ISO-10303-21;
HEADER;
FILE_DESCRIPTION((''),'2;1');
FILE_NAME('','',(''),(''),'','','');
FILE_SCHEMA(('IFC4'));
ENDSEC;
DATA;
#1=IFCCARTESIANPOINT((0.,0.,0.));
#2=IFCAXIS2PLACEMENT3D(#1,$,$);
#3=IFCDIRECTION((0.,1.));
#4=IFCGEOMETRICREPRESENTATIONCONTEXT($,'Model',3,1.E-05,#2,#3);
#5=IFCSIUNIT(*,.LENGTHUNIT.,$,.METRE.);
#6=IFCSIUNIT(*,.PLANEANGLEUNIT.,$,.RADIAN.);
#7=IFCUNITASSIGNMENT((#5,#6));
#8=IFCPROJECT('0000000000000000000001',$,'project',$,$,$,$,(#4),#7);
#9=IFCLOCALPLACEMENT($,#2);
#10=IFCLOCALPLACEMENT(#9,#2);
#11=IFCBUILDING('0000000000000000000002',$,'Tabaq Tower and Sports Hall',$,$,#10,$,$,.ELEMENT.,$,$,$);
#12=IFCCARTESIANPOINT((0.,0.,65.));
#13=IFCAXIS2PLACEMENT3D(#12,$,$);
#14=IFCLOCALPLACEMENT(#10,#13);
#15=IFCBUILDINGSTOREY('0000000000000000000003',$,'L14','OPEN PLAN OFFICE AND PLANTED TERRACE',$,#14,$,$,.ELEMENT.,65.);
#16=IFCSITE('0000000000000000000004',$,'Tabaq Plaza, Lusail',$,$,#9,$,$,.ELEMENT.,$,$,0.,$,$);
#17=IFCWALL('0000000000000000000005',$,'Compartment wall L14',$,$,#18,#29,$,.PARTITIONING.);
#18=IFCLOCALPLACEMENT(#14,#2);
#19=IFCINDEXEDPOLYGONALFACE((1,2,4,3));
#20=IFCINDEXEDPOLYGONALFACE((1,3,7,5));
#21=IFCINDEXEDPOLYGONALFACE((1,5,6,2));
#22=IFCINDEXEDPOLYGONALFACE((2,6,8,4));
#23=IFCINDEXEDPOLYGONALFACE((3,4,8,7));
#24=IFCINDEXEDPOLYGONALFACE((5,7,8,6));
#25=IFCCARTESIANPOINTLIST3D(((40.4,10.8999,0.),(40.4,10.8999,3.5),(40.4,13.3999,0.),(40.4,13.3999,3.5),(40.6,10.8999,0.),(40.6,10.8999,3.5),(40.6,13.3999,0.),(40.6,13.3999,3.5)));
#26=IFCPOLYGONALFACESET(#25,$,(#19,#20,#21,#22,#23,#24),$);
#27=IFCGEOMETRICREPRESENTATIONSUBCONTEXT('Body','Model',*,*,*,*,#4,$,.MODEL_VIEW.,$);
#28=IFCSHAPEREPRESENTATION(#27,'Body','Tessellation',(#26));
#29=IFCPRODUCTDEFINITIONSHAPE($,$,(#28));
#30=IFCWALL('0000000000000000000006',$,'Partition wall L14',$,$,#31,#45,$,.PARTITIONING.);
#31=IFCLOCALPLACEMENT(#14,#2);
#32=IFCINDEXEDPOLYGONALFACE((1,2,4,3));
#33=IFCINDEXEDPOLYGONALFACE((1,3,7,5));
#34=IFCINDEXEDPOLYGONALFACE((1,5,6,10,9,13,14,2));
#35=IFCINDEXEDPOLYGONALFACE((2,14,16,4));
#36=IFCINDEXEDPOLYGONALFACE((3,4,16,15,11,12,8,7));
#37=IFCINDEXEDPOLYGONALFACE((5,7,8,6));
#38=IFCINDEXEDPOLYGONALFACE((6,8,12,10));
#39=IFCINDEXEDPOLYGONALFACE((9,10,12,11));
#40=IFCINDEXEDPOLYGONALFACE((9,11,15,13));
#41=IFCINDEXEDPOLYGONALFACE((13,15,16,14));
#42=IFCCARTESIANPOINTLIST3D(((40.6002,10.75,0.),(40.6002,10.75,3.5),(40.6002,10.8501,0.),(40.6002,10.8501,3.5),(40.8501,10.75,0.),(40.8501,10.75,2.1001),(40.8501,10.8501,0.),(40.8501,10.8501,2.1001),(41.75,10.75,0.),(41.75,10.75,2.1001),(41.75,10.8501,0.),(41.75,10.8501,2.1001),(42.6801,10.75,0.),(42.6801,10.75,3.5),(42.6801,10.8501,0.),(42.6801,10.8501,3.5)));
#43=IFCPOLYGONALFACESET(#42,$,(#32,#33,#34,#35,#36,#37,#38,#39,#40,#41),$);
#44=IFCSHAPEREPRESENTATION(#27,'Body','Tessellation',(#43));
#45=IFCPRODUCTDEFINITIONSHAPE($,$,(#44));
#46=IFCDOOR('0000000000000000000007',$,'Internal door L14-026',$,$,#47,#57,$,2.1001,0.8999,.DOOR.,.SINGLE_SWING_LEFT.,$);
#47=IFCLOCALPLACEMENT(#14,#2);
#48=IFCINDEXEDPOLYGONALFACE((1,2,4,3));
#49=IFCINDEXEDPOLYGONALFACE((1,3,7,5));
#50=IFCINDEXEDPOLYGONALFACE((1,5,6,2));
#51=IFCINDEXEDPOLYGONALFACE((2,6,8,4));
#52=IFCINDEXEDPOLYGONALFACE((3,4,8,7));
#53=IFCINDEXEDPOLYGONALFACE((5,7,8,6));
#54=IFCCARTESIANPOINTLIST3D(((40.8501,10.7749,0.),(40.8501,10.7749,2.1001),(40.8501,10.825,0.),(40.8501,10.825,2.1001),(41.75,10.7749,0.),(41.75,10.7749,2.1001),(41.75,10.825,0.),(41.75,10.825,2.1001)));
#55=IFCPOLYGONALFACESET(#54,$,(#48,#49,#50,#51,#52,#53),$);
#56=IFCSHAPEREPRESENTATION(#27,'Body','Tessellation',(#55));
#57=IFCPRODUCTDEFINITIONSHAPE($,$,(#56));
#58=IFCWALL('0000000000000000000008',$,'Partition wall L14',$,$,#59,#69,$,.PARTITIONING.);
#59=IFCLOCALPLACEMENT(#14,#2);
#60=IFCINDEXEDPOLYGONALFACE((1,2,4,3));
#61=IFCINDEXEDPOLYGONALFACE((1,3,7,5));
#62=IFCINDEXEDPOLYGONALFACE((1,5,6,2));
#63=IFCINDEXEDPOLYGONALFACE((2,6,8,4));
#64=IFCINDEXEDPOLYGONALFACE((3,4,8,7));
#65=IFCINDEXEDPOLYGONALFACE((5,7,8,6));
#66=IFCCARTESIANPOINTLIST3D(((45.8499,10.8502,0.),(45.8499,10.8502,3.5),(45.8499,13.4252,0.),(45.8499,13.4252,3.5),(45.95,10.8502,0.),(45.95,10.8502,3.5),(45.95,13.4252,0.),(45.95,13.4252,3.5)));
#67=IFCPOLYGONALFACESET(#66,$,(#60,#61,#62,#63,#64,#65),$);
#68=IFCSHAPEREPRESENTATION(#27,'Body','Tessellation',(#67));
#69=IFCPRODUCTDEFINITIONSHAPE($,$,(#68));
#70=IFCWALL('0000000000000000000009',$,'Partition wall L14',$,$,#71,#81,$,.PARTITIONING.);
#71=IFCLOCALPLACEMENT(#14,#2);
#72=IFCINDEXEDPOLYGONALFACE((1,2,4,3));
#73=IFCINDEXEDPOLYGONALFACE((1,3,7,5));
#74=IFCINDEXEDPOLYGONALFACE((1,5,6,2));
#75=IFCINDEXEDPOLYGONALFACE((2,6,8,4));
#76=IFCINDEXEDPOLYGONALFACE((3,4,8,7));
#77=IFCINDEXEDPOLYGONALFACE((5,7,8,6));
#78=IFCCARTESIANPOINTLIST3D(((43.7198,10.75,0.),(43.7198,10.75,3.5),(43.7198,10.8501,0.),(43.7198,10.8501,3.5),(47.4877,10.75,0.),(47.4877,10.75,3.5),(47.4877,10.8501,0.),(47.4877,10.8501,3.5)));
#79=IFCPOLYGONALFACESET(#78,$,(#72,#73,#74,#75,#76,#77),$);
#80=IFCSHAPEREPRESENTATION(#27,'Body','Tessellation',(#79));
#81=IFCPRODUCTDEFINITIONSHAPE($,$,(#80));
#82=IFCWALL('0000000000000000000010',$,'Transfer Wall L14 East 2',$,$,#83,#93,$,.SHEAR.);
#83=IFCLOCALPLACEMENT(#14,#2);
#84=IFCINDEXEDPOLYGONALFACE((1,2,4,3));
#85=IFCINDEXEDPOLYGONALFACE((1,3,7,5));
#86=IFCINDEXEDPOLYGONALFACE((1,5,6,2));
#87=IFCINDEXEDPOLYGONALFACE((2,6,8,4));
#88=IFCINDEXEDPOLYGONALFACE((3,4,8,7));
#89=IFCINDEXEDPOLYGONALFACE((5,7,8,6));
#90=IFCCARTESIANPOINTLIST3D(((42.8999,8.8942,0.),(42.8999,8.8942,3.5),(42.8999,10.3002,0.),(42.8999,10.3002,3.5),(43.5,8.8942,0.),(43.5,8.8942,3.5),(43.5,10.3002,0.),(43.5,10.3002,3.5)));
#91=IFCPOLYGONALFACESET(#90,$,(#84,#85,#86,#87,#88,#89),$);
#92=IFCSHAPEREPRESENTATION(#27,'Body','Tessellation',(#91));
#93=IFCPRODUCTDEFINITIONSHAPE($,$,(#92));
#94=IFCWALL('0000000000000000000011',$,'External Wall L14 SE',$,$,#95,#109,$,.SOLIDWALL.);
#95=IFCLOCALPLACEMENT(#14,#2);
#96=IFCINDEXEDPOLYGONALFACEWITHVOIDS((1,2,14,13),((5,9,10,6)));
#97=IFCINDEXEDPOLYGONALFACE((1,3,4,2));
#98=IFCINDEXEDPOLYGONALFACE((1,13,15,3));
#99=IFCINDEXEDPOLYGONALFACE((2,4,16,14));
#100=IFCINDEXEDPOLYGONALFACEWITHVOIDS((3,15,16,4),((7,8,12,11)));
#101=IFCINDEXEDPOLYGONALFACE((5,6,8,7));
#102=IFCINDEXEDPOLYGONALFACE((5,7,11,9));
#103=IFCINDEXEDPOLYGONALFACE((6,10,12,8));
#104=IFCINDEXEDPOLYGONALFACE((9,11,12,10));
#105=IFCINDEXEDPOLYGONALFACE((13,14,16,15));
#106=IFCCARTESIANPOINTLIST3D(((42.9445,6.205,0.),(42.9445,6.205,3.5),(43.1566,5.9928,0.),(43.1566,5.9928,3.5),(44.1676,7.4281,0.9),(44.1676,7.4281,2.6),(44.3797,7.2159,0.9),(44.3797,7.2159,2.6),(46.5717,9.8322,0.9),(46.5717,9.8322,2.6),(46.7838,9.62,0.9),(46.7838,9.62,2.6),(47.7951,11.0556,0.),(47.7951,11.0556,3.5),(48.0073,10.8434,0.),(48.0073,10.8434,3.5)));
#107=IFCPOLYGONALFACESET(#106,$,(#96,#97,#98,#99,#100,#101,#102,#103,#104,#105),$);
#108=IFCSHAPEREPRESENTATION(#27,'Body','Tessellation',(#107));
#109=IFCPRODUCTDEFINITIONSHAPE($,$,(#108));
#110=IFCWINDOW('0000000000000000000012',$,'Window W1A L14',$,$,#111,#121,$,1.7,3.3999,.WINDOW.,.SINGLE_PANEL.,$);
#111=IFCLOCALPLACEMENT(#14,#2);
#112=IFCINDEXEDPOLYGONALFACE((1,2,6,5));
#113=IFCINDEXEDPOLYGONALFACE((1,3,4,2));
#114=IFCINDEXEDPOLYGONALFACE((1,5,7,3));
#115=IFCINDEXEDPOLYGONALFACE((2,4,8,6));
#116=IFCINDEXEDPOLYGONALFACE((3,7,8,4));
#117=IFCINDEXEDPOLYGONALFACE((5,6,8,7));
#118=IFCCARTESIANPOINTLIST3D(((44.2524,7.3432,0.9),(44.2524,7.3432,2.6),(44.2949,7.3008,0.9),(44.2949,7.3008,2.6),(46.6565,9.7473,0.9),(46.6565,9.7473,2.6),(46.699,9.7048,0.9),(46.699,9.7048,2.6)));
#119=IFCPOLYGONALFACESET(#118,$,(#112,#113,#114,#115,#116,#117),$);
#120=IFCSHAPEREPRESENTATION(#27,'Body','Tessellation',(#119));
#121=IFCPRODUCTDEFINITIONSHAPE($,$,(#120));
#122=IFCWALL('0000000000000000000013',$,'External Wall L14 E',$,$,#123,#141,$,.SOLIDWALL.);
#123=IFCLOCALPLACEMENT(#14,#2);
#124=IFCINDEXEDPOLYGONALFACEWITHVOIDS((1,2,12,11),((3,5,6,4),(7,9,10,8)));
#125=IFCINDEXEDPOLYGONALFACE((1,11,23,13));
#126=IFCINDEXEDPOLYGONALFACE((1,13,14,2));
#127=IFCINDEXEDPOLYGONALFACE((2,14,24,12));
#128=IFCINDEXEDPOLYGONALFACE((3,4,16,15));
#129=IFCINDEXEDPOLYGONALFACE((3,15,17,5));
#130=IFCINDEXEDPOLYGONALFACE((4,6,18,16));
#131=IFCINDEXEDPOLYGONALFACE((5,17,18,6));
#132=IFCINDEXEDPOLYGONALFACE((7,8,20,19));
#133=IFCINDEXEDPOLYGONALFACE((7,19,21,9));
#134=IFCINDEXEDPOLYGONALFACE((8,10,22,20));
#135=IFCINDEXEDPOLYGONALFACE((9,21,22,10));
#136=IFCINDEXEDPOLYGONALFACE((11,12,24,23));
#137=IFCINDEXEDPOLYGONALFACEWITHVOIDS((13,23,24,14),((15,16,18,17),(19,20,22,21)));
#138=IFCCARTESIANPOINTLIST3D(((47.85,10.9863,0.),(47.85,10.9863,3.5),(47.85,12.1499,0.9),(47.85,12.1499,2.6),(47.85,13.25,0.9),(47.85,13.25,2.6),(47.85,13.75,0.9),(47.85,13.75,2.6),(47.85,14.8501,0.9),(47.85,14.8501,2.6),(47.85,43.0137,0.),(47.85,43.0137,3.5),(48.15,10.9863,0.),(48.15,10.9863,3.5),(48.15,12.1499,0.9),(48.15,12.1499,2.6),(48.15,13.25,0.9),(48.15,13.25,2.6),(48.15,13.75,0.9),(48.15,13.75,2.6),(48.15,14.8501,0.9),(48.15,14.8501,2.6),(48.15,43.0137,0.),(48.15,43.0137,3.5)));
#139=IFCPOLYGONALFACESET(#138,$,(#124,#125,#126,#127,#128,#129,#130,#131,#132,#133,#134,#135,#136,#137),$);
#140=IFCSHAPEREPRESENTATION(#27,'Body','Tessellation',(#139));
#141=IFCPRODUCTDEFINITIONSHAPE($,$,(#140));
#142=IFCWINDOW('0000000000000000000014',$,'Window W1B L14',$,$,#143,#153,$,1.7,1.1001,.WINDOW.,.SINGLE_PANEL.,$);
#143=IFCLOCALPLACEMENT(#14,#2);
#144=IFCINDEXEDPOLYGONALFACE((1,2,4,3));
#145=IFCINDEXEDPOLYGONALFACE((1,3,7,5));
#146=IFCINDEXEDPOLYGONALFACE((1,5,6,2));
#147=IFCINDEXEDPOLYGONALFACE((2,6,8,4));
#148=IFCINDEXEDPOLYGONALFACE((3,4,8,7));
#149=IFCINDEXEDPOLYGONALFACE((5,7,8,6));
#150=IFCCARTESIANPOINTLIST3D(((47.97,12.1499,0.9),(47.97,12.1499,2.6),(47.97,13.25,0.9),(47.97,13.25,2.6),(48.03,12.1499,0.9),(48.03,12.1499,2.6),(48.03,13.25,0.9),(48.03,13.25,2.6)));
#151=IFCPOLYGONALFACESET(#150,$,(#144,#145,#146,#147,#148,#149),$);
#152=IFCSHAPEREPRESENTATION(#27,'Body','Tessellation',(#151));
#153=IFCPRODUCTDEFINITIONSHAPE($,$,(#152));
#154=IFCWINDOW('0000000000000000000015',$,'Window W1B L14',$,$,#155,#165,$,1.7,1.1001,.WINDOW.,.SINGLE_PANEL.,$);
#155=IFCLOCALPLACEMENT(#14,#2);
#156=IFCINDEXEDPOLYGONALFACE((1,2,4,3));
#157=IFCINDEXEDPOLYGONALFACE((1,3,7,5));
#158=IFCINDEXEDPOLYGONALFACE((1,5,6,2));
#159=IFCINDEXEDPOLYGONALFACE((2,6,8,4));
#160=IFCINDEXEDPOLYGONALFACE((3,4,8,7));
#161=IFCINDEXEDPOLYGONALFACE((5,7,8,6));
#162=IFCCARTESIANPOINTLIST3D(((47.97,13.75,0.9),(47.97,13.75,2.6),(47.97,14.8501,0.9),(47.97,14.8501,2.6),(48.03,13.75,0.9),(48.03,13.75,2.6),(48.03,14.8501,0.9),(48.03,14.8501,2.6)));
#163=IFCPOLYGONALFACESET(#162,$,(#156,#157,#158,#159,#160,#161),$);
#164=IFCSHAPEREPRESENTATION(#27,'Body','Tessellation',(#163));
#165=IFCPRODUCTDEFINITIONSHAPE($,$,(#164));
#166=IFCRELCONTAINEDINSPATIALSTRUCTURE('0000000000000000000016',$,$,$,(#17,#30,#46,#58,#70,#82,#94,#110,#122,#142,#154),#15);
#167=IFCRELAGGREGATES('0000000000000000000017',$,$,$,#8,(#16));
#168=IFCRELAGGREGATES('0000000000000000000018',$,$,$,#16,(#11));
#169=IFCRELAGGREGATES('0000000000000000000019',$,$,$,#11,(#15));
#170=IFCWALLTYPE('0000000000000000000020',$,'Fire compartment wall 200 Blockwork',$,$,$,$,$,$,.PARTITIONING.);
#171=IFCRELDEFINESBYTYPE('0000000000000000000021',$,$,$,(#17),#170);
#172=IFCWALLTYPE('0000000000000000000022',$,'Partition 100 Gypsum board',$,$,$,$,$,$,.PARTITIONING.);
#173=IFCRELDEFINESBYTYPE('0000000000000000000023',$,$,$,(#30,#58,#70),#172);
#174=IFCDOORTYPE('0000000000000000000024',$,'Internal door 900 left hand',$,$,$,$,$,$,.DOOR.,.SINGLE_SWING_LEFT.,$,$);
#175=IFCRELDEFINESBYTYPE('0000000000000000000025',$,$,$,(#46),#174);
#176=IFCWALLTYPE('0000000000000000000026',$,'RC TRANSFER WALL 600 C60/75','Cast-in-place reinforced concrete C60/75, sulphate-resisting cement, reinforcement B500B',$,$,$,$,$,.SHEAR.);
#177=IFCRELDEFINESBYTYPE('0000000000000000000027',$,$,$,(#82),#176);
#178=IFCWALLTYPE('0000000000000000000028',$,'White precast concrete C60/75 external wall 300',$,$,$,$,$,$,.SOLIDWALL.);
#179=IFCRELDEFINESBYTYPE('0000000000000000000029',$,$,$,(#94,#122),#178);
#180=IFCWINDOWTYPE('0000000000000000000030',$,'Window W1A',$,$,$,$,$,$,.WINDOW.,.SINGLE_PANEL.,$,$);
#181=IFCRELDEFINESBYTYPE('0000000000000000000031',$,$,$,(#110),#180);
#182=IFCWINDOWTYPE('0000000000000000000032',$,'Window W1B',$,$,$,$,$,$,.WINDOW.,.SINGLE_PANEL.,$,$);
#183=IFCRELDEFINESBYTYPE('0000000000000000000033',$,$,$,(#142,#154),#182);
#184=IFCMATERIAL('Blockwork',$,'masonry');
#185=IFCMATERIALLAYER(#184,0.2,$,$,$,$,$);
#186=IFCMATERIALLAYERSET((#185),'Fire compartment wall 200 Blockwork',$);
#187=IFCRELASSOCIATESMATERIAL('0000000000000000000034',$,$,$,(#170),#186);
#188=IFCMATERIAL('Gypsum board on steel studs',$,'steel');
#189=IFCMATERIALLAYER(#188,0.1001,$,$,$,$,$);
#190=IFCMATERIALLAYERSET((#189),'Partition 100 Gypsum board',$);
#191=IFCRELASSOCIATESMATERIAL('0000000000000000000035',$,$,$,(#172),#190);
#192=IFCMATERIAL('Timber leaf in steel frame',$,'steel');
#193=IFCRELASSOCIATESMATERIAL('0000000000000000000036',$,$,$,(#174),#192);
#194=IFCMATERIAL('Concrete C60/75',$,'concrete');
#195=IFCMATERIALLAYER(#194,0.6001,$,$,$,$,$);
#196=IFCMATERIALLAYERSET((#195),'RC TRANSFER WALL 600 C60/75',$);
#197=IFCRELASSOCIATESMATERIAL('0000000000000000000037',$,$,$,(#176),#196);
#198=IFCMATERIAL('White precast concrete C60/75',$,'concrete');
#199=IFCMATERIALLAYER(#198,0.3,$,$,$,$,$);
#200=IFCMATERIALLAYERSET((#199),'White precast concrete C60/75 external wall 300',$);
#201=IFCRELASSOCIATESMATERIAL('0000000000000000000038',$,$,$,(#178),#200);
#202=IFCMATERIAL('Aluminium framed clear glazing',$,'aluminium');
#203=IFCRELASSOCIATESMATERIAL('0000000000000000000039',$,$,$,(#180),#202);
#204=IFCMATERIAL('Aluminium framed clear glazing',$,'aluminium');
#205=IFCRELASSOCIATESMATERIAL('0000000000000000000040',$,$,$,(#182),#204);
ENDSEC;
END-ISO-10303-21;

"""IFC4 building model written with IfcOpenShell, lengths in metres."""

from ifc_helpers import new_model, si_unit, direction, frame, frame_2d, origin, place, context, subcontext, project, spatial, rectangle, extrude, material, layer, layer_set, type_object, element, fill, save


model = new_model("IFC4")

# Units and contexts
model_context = context("Model", 3, precision=1e-05, world=origin(), true_north=direction((0.0, 1.0)))
body_context = subcontext(model_context, "Body", "Model", "MODEL_VIEW")
ifc_project = project(units=[si_unit("LENGTHUNIT", "METRE"), si_unit("PLANEANGLEUNIT", "RADIAN")], contexts=[model_context])

# Site, building, storey
site_placement = place(None, origin())
site = spatial("IfcSite", under=ifc_project, at=site_placement, Name="Tabaq Plaza, Lusail", CompositionType="ELEMENT", RefElevation=0.0)
building_placement = place(site_placement, origin())
building = spatial("IfcBuilding", under=site, at=building_placement, Name="Tabaq Tower and Sports Hall", CompositionType="ELEMENT")
storey_placement = place(building_placement, frame((0.0, 0.0, 65.0)))
storey = spatial("IfcBuildingStorey", under=building, at=storey_placement, Name="L14", Description="OPEN PLAN OFFICE AND PLANTED TERRACE", CompositionType="ELEMENT", Elevation=65.0)

# Wall
ifc_material_1 = material(Name="Blockwork", Category="masonry")
ifc_layer_1 = layer(ifc_material_1, 0.2)
ifc_layer_set_1 = layer_set([ifc_layer_1], Name="Fire compartment wall 200 Blockwork")
wall_type_1 = type_object("IfcWallType", Name="Fire compartment wall 200 Blockwork", PredefinedType="PARTITIONING", material=ifc_layer_set_1)
wall_1_placement = place(storey_placement, frame((40.5, 10.8999, 0.0), z_axis=(0.0, 0.0, 1.0), x_axis=(0.0, 1.0, 0.0)))
element("IfcWall", 1, at=wall_1_placement, inside=storey, type_object=wall_type_1, Name="Compartment wall L14", PredefinedType="PARTITIONING", context=body_context, shape_type="SweptSolid", body=[
    extrude(rectangle(XDim=2.5, YDim=0.2, at=frame_2d((1.25, 0.0))), origin(), (0.0, 0.0, 1.0), 3.5),
])

# Wall, opening, door
ifc_material_2 = material(Name="Gypsum board on steel studs", Category="steel")
ifc_layer_2 = layer(ifc_material_2, 0.1001)
ifc_layer_set_2 = layer_set([ifc_layer_2], Name="Partition 100 Gypsum board")
wall_type_2 = type_object("IfcWallType", Name="Partition 100 Gypsum board", PredefinedType="PARTITIONING", material=ifc_layer_set_2)
wall_2_placement = place(storey_placement, frame((40.6001, 10.8, 0.0), z_axis=(0.0, 0.0, 1.0), x_axis=(1.0, 0.0, 0.0)))
wall_2 = element("IfcWall", 2, at=wall_2_placement, inside=storey, type_object=wall_type_2, Name="Partition wall L14", PredefinedType="PARTITIONING", context=body_context, shape_type="SweptSolid", body=[
    extrude(rectangle(XDim=2.0798, YDim=0.1001, at=frame_2d((1.04, 0.0))), origin(), (0.0, 0.0, 1.0), 3.5),
])
opening_1_placement = place(wall_2_placement, frame((0.25, 0.0, 0.0)))
opening_1 = element("IfcOpeningElement", 3, at=opening_1_placement, cuts=wall_2, PredefinedType="OPENING", context=body_context, shape_type="SweptSolid", body=[
    extrude(rectangle(XDim=0.8999, YDim=2.1001, at=frame_2d((0.45, 1.05))), frame((0.0, 0.05, 0.0), z_axis=(0.0, -1.0, 0.0), x_axis=(1.0, 0.0, 0.0)), (0.0, 0.0, 1.0), 0.1001),
])
ifc_material_3 = material(Name="Timber leaf in steel frame", Category="steel")
door_type = type_object("IfcDoorType", Name="Internal door 900 left hand", OperationType="SINGLE_SWING_LEFT", PredefinedType="DOOR", material=ifc_material_3)
door_placement = place(opening_1_placement, origin())
door = element("IfcDoor", 4, at=door_placement, inside=storey, type_object=door_type, Name="Internal door L14-026", OperationType="SINGLE_SWING_LEFT", OverallHeight=2.1001, OverallWidth=0.8999, PredefinedType="DOOR", context=body_context, shape_type="SweptSolid", body=[
    extrude(rectangle(XDim=0.8999, YDim=2.1001, at=frame_2d((0.45, 1.05))), frame((0.0, 0.0249, 0.0), z_axis=(0.0, -1.0, 0.0), x_axis=(1.0, 0.0, 0.0)), (0.0, 0.0, 1.0), 0.05),
])
fill(opening_1, door)

# Walls
wall_3_placement = place(storey_placement, frame((45.8999, 10.8501, 0.0), z_axis=(0.0, 0.0, 1.0), x_axis=(0.0, 1.0, 0.0)))
element("IfcWall", 5, at=wall_3_placement, inside=storey, type_object=wall_type_2, Name="Partition wall L14", PredefinedType="PARTITIONING", context=body_context, shape_type="SweptSolid", body=[
    extrude(rectangle(XDim=2.575, YDim=0.1001, at=frame_2d((1.2876, 0.0))), origin(), (0.0, 0.0, 1.0), 3.5),
])
wall_4_placement = place(storey_placement, frame((43.72, 10.8, 0.0), z_axis=(0.0, 0.0, 1.0), x_axis=(1.0, 0.0, 0.0)))
element("IfcWall", 6, at=wall_4_placement, inside=storey, type_object=wall_type_2, Name="Partition wall L14", PredefinedType="PARTITIONING", context=body_context, shape_type="SweptSolid", body=[
    extrude(rectangle(XDim=3.7678, YDim=0.1001, at=frame_2d((1.8838, 0.0))), origin(), (0.0, 0.0, 1.0), 3.5),
])
ifc_material_4 = material(Name="Concrete C60/75", Category="concrete")
ifc_layer_3 = layer(ifc_material_4, 0.6001)
ifc_layer_set_3 = layer_set([ifc_layer_3], Name="RC TRANSFER WALL 600 C60/75")
wall_type_3 = type_object("IfcWallType", Name="RC TRANSFER WALL 600 C60/75", Description="Cast-in-place reinforced concrete C60/75, sulphate-resisting cement, reinforcement B500B", PredefinedType="SHEAR", material=ifc_layer_set_3)
wall_5_placement = place(storey_placement, frame((43.2, 8.894, 0.0), z_axis=(0.0, 0.0, 1.0), x_axis=(0.0, 1.0, 0.0)))
element("IfcWall", 7, at=wall_5_placement, inside=storey, type_object=wall_type_3, Name="Transfer Wall L14 East 2", PredefinedType="SHEAR", context=body_context, shape_type="SweptSolid", body=[
    extrude(rectangle(XDim=1.406, YDim=0.6001, at=frame_2d((0.7031, 0.0))), origin(), (0.0, 0.0, 1.0), 3.5),
])

# Wall, opening, window
ifc_material_5 = material(Name="White precast concrete C60/75", Category="concrete")
ifc_layer_4 = layer(ifc_material_5, 0.3)
ifc_layer_set_4 = layer_set([ifc_layer_4], Name="White precast concrete C60/75 external wall 300")
wall_type_4 = type_object("IfcWallType", Name="White precast concrete C60/75 external wall 300", PredefinedType="SOLIDWALL", material=ifc_layer_set_4)
wall_6_placement = place(storey_placement, frame((43.0505, 6.0989, 0.0), z_axis=(0.0, 0.0, 1.0), x_axis=(0.707107, 0.707107, 0.0)))
wall_6 = element("IfcWall", 8, at=wall_6_placement, inside=storey, type_object=wall_type_4, Name="External Wall L14 SE", PredefinedType="SOLIDWALL", context=body_context, shape_type="SweptSolid", body=[
    extrude(rectangle(XDim=6.8599, YDim=0.3, at=frame_2d((3.4299, 0.0))), origin(), (0.0, 0.0, 1.0), 3.5),
])
opening_2_placement = place(wall_6_placement, frame((1.7297, 0.0, 0.8999)))
opening_2 = element("IfcOpeningElement", 9, at=opening_2_placement, cuts=wall_6, PredefinedType="OPENING", context=body_context, shape_type="SweptSolid", body=[
    extrude(rectangle(XDim=3.3999, YDim=1.7, at=frame_2d((1.7, 0.8501))), frame((0.0, 0.1602, 0.0), z_axis=(0.0, -1.0, 0.0), x_axis=(1.0, 0.0, 0.0)), (0.0, 0.0, 1.0), 0.3201),
])
ifc_material_6 = material(Name="Aluminium framed clear glazing", Category="aluminium")
window_type_1 = type_object("IfcWindowType", Name="Window W1A", PartitioningType="SINGLE_PANEL", PredefinedType="WINDOW", material=ifc_material_6)
window_1_placement = place(opening_2_placement, origin())
window_1 = element("IfcWindow", 10, at=window_1_placement, inside=storey, type_object=window_type_1, Name="Window W1A L14", OverallHeight=1.7, OverallWidth=3.3999, PartitioningType="SINGLE_PANEL", PredefinedType="WINDOW", context=body_context, shape_type="SweptSolid", body=[
    extrude(rectangle(XDim=3.3999, YDim=1.7, at=frame_2d((1.7, 0.8501))), frame((0.0, 0.03, 0.0), z_axis=(0.0, -1.0, 0.0), x_axis=(1.0, 0.0, 0.0)), (0.0, 0.0, 1.0), 0.0601),
])
fill(opening_2, window_1)

# Wall, openings, windows
wall_7_placement = place(storey_placement, frame((48.0, 10.9863, 0.0), z_axis=(0.0, 0.0, 1.0), x_axis=(0.0, 1.0, 0.0)))
wall_7 = element("IfcWall", 11, at=wall_7_placement, inside=storey, type_object=wall_type_4, Name="External Wall L14 E", PredefinedType="SOLIDWALL", context=body_context, shape_type="SweptSolid", body=[
    extrude(rectangle(XDim=32.0273, YDim=0.3, at=frame_2d((16.0137, 0.0))), origin(), (0.0, 0.0, 1.0), 3.5),
])
opening_3_placement = place(wall_7_placement, frame((1.1636, 0.0, 0.8999)))
opening_3 = element("IfcOpeningElement", 12, at=opening_3_placement, cuts=wall_7, PredefinedType="OPENING", context=body_context, shape_type="SweptSolid", body=[
    extrude(rectangle(XDim=1.1001, YDim=1.7, at=frame_2d((0.55, 0.8501))), frame((0.0, 0.1602, 0.0), z_axis=(0.0, -1.0, 0.0), x_axis=(1.0, 0.0, 0.0)), (0.0, 0.0, 1.0), 0.3201),
])
opening_4_placement = place(wall_7_placement, frame((2.7637, 0.0, 0.8999)))
opening_4 = element("IfcOpeningElement", 13, at=opening_4_placement, cuts=wall_7, PredefinedType="OPENING", context=body_context, shape_type="SweptSolid", body=[
    extrude(rectangle(XDim=1.1001, YDim=1.7, at=frame_2d((0.55, 0.8501))), frame((0.0, 0.1602, 0.0), z_axis=(0.0, -1.0, 0.0), x_axis=(1.0, 0.0, 0.0)), (0.0, 0.0, 1.0), 0.3201),
])
ifc_material_7 = material(Name="Aluminium framed clear glazing", Category="aluminium")
window_type_2 = type_object("IfcWindowType", Name="Window W1B", PartitioningType="SINGLE_PANEL", PredefinedType="WINDOW", material=ifc_material_7)
window_2_placement = place(opening_3_placement, origin())
window_2 = element("IfcWindow", 14, at=window_2_placement, inside=storey, type_object=window_type_2, Name="Window W1B L14", OverallHeight=1.7, OverallWidth=1.1001, PartitioningType="SINGLE_PANEL", PredefinedType="WINDOW", context=body_context, shape_type="SweptSolid", body=[
    extrude(rectangle(XDim=1.1001, YDim=1.7, at=frame_2d((0.55, 0.8501))), frame((0.0, 0.03, 0.0), z_axis=(0.0, -1.0, 0.0), x_axis=(1.0, 0.0, 0.0)), (0.0, 0.0, 1.0), 0.0601),
])
fill(opening_3, window_2)
window_3_placement = place(opening_4_placement, origin())
window_3 = element("IfcWindow", 15, at=window_3_placement, inside=storey, type_object=window_type_2, Name="Window W1B L14", OverallHeight=1.7, OverallWidth=1.1001, PartitioningType="SINGLE_PANEL", PredefinedType="WINDOW", context=body_context, shape_type="SweptSolid", body=[
    extrude(rectangle(XDim=1.1001, YDim=1.7, at=frame_2d((0.55, 0.8501))), frame((0.0, 0.03, 0.0), z_axis=(0.0, -1.0, 0.0), x_axis=(1.0, 0.0, 0.0)), (0.0, 0.0, 1.0), 0.0601),
])
fill(opening_4, window_3)

save(model, "model.ifc")
